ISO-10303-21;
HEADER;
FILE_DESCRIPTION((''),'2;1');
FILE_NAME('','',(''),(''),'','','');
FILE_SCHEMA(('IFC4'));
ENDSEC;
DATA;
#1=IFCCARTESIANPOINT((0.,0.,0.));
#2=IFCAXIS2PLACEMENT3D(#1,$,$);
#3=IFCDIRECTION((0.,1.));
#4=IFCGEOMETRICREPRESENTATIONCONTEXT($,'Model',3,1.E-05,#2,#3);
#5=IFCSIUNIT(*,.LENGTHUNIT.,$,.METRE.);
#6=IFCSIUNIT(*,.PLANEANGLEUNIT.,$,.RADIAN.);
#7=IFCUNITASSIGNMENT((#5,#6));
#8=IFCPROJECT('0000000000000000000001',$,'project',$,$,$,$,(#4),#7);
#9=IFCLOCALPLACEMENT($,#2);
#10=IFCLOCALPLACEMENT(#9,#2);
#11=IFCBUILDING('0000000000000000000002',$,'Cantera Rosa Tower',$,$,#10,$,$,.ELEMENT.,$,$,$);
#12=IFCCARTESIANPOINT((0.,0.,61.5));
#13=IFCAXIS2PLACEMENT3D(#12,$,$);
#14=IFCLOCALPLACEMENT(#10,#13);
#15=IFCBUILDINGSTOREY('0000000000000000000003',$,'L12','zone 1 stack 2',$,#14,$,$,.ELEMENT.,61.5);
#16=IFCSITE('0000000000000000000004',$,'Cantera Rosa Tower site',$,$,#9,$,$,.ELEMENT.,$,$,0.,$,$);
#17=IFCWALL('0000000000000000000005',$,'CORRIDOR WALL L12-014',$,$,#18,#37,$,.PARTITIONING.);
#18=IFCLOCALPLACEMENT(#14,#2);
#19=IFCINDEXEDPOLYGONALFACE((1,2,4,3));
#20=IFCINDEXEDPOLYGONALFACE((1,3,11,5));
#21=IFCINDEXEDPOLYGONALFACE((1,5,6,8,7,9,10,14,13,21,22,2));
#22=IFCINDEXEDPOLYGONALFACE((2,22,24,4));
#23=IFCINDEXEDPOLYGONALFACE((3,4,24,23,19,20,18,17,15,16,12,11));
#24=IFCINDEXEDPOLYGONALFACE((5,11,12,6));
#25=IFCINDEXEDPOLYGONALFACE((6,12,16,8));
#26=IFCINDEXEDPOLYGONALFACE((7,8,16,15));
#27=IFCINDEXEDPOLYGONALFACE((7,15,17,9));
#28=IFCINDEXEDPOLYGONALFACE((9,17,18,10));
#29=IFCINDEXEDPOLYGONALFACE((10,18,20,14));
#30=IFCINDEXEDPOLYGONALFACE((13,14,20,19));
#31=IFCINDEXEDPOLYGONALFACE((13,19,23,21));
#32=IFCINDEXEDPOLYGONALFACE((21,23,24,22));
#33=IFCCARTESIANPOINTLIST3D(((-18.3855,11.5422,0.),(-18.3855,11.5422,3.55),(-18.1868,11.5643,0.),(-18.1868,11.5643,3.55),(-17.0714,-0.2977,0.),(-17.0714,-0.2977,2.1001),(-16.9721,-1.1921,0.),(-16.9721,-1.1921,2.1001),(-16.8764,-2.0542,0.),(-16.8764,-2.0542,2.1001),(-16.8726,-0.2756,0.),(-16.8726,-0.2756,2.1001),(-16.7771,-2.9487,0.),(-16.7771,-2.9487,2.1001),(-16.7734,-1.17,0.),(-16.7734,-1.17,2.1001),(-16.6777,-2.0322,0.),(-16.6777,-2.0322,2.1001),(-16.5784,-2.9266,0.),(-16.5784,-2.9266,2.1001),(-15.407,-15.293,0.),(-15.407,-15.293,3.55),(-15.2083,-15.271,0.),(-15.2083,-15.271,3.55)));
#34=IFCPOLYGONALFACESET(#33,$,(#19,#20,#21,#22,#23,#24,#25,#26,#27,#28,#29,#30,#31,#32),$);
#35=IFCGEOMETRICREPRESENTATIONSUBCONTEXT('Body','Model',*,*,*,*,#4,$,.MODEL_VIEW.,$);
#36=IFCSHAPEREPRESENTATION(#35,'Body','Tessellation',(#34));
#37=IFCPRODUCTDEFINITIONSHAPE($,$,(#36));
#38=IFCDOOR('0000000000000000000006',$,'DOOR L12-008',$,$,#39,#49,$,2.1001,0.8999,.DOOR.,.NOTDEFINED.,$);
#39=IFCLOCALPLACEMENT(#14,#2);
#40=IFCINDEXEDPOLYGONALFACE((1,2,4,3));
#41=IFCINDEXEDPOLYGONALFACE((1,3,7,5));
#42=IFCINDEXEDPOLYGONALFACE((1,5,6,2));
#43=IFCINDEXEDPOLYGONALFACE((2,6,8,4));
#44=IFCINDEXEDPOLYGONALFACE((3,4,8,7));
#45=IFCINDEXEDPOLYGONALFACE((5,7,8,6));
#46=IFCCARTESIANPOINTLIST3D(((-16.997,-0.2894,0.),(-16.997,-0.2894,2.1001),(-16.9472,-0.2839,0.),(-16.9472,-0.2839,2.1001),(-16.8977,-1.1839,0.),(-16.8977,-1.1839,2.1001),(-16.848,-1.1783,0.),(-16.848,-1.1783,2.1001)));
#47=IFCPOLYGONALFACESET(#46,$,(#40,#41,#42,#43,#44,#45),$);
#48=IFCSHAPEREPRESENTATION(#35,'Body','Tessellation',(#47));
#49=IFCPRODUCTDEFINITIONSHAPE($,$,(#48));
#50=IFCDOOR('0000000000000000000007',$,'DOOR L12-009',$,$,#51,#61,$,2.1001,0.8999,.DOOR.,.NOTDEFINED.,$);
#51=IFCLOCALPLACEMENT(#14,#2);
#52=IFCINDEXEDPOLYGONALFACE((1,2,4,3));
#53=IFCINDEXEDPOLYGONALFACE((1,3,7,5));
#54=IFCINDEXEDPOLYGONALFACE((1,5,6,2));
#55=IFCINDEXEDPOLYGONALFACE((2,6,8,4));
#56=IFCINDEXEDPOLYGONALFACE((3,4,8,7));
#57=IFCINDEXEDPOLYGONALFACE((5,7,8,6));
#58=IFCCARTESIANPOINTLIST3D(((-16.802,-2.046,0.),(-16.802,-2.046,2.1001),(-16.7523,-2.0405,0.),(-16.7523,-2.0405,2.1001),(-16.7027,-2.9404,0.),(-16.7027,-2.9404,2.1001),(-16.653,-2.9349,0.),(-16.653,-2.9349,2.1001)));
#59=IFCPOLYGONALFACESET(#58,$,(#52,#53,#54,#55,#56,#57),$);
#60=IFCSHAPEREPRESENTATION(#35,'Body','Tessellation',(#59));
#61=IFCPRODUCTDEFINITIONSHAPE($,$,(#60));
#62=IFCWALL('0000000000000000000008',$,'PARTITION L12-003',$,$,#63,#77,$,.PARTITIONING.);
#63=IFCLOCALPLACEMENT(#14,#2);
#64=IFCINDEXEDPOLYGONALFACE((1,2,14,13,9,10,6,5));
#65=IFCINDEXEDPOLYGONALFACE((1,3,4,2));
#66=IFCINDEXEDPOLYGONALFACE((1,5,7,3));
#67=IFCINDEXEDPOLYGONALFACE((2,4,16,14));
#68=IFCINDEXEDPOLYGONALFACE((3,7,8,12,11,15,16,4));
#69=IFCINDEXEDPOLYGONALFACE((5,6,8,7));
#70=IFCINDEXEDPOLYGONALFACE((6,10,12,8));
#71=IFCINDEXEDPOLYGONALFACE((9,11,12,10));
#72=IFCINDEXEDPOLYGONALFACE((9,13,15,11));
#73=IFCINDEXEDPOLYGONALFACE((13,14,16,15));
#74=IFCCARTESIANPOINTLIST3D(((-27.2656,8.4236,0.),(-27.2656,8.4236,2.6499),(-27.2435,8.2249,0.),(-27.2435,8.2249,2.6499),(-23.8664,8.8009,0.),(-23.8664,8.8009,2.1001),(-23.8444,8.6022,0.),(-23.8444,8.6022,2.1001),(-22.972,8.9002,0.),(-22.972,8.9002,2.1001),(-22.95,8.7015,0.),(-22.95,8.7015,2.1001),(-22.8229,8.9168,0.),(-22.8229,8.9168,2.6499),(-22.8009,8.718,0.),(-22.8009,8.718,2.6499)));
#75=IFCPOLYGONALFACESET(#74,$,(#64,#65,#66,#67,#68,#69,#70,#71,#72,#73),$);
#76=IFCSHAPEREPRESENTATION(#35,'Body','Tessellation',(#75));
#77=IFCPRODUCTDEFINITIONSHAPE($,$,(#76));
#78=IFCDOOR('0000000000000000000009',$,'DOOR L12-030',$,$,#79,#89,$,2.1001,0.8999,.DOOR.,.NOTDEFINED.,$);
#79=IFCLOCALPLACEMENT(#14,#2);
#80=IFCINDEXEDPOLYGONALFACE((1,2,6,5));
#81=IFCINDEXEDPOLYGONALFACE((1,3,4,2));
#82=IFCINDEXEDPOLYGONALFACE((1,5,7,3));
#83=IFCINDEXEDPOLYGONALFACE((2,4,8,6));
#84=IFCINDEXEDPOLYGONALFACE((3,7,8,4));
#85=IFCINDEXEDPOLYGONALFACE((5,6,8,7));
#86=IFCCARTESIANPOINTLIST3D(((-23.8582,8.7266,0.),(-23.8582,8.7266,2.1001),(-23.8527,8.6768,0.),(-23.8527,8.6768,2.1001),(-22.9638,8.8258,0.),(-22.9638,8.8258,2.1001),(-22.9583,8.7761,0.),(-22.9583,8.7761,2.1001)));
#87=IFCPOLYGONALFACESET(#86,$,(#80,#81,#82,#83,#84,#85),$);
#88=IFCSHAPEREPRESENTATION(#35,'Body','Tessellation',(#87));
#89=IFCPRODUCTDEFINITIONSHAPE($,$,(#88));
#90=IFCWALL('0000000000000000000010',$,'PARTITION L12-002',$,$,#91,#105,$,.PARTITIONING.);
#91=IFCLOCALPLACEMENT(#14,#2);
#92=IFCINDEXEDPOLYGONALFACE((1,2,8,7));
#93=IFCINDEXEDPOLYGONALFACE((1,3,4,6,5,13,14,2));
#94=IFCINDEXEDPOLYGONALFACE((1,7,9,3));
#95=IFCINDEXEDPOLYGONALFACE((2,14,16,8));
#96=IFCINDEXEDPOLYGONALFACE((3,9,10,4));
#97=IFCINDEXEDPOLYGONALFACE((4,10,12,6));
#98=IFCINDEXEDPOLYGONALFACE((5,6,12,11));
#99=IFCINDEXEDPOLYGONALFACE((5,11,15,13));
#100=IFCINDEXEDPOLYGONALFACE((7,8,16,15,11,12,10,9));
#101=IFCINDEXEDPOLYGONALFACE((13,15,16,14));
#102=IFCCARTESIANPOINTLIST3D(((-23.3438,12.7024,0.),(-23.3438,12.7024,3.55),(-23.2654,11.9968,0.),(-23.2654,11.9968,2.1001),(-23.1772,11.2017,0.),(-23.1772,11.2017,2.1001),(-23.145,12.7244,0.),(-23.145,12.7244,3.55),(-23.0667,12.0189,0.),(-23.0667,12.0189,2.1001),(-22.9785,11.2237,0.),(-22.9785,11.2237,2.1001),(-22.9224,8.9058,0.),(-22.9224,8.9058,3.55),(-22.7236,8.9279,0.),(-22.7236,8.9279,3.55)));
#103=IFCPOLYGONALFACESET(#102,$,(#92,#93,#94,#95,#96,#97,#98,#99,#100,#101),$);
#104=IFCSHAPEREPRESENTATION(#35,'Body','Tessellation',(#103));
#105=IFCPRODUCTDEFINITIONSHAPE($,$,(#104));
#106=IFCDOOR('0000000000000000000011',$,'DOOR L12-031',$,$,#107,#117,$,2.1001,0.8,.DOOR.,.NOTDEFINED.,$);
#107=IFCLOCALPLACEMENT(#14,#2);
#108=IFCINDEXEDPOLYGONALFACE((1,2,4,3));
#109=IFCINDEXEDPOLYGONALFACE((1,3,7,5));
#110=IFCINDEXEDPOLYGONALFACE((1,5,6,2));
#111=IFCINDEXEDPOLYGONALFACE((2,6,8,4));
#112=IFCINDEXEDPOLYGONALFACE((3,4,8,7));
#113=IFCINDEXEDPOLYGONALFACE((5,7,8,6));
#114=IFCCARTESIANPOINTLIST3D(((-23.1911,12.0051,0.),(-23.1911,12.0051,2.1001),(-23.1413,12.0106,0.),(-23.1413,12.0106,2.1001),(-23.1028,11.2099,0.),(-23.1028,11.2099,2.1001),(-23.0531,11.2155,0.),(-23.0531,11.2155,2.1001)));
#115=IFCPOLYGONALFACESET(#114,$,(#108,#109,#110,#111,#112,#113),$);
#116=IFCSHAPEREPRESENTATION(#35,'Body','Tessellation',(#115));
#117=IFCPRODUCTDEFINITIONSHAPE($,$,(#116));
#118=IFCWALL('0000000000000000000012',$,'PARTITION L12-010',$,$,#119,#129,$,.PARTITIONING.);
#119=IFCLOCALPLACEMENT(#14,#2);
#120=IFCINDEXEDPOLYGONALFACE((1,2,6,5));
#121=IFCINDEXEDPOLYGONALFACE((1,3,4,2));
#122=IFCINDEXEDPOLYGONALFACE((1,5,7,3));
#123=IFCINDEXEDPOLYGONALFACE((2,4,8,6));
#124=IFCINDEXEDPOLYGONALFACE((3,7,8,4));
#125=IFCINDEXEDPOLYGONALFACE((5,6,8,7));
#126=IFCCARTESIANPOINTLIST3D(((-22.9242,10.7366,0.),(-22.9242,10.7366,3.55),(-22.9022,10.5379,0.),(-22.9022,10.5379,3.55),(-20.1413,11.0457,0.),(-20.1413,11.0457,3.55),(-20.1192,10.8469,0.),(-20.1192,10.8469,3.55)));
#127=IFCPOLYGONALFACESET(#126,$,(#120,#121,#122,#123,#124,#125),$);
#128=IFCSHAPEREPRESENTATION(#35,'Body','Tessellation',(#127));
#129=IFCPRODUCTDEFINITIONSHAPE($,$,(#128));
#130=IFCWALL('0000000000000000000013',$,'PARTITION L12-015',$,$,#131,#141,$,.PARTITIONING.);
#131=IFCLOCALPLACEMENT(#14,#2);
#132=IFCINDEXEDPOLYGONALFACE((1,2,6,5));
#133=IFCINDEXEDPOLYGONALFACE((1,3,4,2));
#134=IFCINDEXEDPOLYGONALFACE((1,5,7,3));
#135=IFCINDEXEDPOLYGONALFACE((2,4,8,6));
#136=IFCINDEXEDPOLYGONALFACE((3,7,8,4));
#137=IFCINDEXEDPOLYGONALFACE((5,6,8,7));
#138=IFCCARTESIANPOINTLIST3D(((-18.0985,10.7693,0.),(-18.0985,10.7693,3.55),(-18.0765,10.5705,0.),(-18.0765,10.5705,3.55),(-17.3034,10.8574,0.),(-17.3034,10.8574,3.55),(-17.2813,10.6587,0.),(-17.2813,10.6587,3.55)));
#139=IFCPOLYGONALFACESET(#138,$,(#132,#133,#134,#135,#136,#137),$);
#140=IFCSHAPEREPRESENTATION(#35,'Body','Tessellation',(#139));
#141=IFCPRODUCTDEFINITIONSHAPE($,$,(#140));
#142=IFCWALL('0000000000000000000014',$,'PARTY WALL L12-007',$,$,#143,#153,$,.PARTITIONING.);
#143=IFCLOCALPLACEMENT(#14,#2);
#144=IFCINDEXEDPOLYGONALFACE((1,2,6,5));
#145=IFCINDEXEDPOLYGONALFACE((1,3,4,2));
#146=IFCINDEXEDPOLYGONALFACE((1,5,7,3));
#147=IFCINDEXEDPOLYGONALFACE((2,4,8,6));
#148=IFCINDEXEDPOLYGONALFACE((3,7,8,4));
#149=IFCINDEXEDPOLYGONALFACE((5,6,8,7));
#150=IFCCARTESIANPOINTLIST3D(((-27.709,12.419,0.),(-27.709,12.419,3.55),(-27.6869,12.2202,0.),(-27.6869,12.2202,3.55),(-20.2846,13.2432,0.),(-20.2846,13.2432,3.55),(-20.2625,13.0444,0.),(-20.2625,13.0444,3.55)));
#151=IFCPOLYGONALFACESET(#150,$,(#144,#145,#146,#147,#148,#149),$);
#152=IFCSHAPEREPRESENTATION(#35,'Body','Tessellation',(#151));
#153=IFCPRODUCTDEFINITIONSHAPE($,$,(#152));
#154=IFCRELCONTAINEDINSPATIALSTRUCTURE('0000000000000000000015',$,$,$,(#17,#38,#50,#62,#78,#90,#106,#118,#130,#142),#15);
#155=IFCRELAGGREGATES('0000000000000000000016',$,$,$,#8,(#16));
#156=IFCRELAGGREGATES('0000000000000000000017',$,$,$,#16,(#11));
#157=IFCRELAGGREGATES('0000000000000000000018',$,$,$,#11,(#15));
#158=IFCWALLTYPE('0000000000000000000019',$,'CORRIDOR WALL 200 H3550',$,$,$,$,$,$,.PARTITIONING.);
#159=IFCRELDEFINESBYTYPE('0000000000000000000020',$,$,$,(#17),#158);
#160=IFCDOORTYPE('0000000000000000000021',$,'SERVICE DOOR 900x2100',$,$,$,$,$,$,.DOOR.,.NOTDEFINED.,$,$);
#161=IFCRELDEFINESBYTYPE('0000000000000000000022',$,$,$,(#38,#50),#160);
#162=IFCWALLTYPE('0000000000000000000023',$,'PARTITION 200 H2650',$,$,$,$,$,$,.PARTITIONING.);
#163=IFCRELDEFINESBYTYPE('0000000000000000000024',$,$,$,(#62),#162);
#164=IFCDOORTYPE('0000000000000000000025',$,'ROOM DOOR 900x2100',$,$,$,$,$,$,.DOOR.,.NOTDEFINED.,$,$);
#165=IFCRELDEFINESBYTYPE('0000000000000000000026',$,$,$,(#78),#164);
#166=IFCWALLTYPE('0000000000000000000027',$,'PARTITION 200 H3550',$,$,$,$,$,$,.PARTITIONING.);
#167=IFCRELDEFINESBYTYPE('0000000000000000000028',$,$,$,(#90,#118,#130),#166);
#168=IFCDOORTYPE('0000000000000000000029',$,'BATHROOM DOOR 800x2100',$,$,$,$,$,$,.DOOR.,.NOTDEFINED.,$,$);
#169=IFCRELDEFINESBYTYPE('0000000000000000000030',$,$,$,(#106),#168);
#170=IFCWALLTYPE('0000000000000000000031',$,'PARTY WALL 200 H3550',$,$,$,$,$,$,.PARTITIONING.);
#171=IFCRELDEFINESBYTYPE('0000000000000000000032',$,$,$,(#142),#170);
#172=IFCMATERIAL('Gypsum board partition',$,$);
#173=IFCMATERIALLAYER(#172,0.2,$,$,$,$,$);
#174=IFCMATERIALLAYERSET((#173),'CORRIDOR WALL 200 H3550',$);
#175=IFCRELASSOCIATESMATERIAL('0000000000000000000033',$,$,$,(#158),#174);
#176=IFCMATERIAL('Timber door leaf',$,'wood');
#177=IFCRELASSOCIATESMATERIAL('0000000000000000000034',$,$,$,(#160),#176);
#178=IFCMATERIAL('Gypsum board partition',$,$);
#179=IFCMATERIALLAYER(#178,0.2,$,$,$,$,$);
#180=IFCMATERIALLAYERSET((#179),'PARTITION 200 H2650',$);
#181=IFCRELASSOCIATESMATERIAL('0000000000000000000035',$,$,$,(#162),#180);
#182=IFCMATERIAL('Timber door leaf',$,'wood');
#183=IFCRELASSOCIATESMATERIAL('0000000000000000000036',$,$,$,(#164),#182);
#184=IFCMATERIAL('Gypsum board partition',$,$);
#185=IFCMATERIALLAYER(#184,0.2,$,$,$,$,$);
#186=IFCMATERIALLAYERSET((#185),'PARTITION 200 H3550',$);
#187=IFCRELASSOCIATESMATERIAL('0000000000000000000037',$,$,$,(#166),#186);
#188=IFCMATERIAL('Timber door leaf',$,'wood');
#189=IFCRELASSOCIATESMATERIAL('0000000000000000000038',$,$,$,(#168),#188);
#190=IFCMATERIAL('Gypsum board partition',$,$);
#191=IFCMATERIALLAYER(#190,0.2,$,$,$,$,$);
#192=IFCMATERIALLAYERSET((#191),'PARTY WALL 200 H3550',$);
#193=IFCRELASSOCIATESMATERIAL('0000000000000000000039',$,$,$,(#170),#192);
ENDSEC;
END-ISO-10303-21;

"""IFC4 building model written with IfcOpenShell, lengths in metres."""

from ifc_helpers import new_model, si_unit, direction, frame, frame_2d, origin, place, context, subcontext, project, spatial, rectangle, extrude, material, layer, layer_set, type_object, element, fill, save


model = new_model("IFC4")

# Units and contexts
model_context = context("Model", 3, precision=1e-05, world=origin(), true_north=direction((0.0, 1.0)))
body_context = subcontext(model_context, "Body", "Model", "MODEL_VIEW")
ifc_project = project(units=[si_unit("LENGTHUNIT", "METRE"), si_unit("PLANEANGLEUNIT", "RADIAN")], contexts=[model_context])

# Site, building, storey
site_placement = place(None, origin())
site = spatial("IfcSite", under=ifc_project, at=site_placement, Name="Cantera Rosa Tower site", CompositionType="ELEMENT", RefElevation=0.0)
building_placement = place(site_placement, origin())
building = spatial("IfcBuilding", under=site, at=building_placement, Name="Cantera Rosa Tower", CompositionType="ELEMENT")
storey_placement = place(building_placement, frame((0.0, 0.0, 61.5)))
storey = spatial("IfcBuildingStorey", under=building, at=storey_placement, Name="L12", Description="zone 1 stack 2", CompositionType="ELEMENT", Elevation=61.5)

# Wall, openings, doors
ifc_material_1 = material(Name="Gypsum board partition")
ifc_layer_1 = layer(ifc_material_1, 0.2)
ifc_layer_set_1 = layer_set([ifc_layer_1], Name="CORRIDOR WALL 200 H3550")
wall_type_1 = type_object("IfcWallType", Name="CORRIDOR WALL 200 H3550", PredefinedType="PARTITIONING", material=ifc_layer_set_1)
wall_1_placement = place(storey_placement, frame((-18.2861, 11.5532, 0.0), z_axis=(0.0, 0.0, 1.0), x_axis=(0.110315, -0.993897, 0.0)))
wall_1 = element("IfcWall", 1, at=wall_1_placement, inside=storey, type_object=wall_type_1, Name="CORRIDOR WALL L12-014", PredefinedType="PARTITIONING", context=body_context, shape_type="SweptSolid", body=[
    extrude(rectangle(XDim=27.0, YDim=0.2, at=frame_2d((13.5, 0.0))), origin(), (0.0, 0.0, 1.0), 3.55),
])
opening_1_placement = place(wall_1_placement, frame((11.9126, 0.0, 0.0)))
opening_1 = element("IfcOpeningElement", 2, at=opening_1_placement, cuts=wall_1, PredefinedType="OPENING", context=body_context, shape_type="SweptSolid", body=[
    extrude(rectangle(XDim=0.8999, YDim=2.1001, at=frame_2d((0.45, 1.05))), frame((0.0, 0.1099, 0.0), z_axis=(0.0, -1.0, 0.0), x_axis=(1.0, 0.0, 0.0)), (0.0, 0.0, 1.0), 0.22),
])
opening_2_placement = place(wall_1_placement, frame((13.6799, 0.0, 0.0)))
opening_2 = element("IfcOpeningElement", 3, at=opening_2_placement, cuts=wall_1, PredefinedType="OPENING", context=body_context, shape_type="SweptSolid", body=[
    extrude(rectangle(XDim=0.8999, YDim=2.1001, at=frame_2d((0.45, 1.05))), frame((0.0, 0.1099, 0.0), z_axis=(0.0, -1.0, 0.0), x_axis=(1.0, 0.0, 0.0)), (0.0, 0.0, 1.0), 0.22),
])
ifc_material_2 = material(Name="Timber door leaf", Category="wood")
door_type_1 = type_object("IfcDoorType", Name="SERVICE DOOR 900x2100", OperationType="NOTDEFINED", PredefinedType="DOOR", material=ifc_material_2)
door_1_placement = place(opening_1_placement, origin())
door_1 = element("IfcDoor", 4, at=door_1_placement, inside=storey, type_object=door_type_1, Name="DOOR L12-008", OperationType="NOTDEFINED", OverallHeight=2.1001, OverallWidth=0.8999, PredefinedType="DOOR", context=body_context, shape_type="SweptSolid", body=[
    extrude(rectangle(XDim=0.8999, YDim=2.1001, at=frame_2d((0.45, 1.05))), frame((0.0, 0.0249, 0.0), z_axis=(0.0, -1.0, 0.0), x_axis=(1.0, 0.0, 0.0)), (0.0, 0.0, 1.0), 0.05),
])
fill(opening_1, door_1)
door_2_placement = place(opening_2_placement, origin())
door_2 = element("IfcDoor", 5, at=door_2_placement, inside=storey, type_object=door_type_1, Name="DOOR L12-009", OperationType="NOTDEFINED", OverallHeight=2.1001, OverallWidth=0.8999, PredefinedType="DOOR", context=body_context, shape_type="SweptSolid", body=[
    extrude(rectangle(XDim=0.8999, YDim=2.1001, at=frame_2d((0.45, 1.05))), frame((0.0, 0.0249, 0.0), z_axis=(0.0, -1.0, 0.0), x_axis=(1.0, 0.0, 0.0)), (0.0, 0.0, 1.0), 0.05),
])
fill(opening_2, door_2)

# Walls, openings, doors
ifc_material_3 = material(Name="Gypsum board partition")
ifc_layer_2 = layer(ifc_material_3, 0.2)
ifc_layer_set_2 = layer_set([ifc_layer_2], Name="PARTITION 200 H2650")
wall_type_2 = type_object("IfcWallType", Name="PARTITION 200 H2650", PredefinedType="PARTITIONING", material=ifc_layer_set_2)
wall_2_placement = place(storey_placement, frame((-22.812, 8.8174, 0.0), z_axis=(0.0, 0.0, 1.0), x_axis=(-0.993895, -0.11033, 0.0)))
wall_2 = element("IfcWall", 6, at=wall_2_placement, inside=storey, type_object=wall_type_2, Name="PARTITION L12-003", PredefinedType="PARTITIONING", context=body_context, shape_type="SweptSolid", body=[
    extrude(rectangle(XDim=4.47, YDim=0.2, at=frame_2d((2.2349, 0.0))), origin(), (0.0, 0.0, 1.0), 2.6499),
])
opening_3_placement = place(wall_2_placement, frame((0.1499, 0.0, 0.0)))
opening_3 = element("IfcOpeningElement", 7, at=opening_3_placement, cuts=wall_2, PredefinedType="OPENING", context=body_context, shape_type="SweptSolid", body=[
    extrude(rectangle(XDim=0.8999, YDim=2.1001, at=frame_2d((0.45, 1.05))), frame((0.0, 0.1099, 0.0), z_axis=(0.0, -1.0, 0.0), x_axis=(1.0, 0.0, 0.0)), (0.0, 0.0, 1.0), 0.22),
])
ifc_material_4 = material(Name="Timber door leaf", Category="wood")
door_type_2 = type_object("IfcDoorType", Name="ROOM DOOR 900x2100", OperationType="NOTDEFINED", PredefinedType="DOOR", material=ifc_material_4)
door_3_placement = place(opening_3_placement, origin())
door_3 = element("IfcDoor", 8, at=door_3_placement, inside=storey, type_object=door_type_2, Name="DOOR L12-030", OperationType="NOTDEFINED", OverallHeight=2.1001, OverallWidth=0.8999, PredefinedType="DOOR", context=body_context, shape_type="SweptSolid", body=[
    extrude(rectangle(XDim=0.8999, YDim=2.1001, at=frame_2d((0.45, 1.05))), frame((0.0, 0.0249, 0.0), z_axis=(0.0, -1.0, 0.0), x_axis=(1.0, 0.0, 0.0)), (0.0, 0.0, 1.0), 0.05),
])
fill(opening_3, door_3)
ifc_material_5 = material(Name="Gypsum board partition")
ifc_layer_3 = layer(ifc_material_5, 0.2)
ifc_layer_set_3 = layer_set([ifc_layer_3], Name="PARTITION 200 H3550")
wall_type_3 = type_object("IfcWallType", Name="PARTITION 200 H3550", PredefinedType="PARTITIONING", material=ifc_layer_set_3)
wall_3_placement = place(storey_placement, frame((-23.2444, 12.7134, 0.0), z_axis=(0.0, 0.0, 1.0), x_axis=(0.110312, -0.993897, 0.0)))
wall_3 = element("IfcWall", 9, at=wall_3_placement, inside=storey, type_object=wall_type_3, Name="PARTITION L12-002", PredefinedType="PARTITIONING", context=body_context, shape_type="SweptSolid", body=[
    extrude(rectangle(XDim=3.8198, YDim=0.2, at=frame_2d((1.9099, 0.0))), origin(), (0.0, 0.0, 1.0), 3.55),
])
opening_4_placement = place(wall_3_placement, frame((0.71, 0.0, 0.0)))
opening_4 = element("IfcOpeningElement", 10, at=opening_4_placement, cuts=wall_3, PredefinedType="OPENING", context=body_context, shape_type="SweptSolid", body=[
    extrude(rectangle(XDim=0.8, YDim=2.1001, at=frame_2d((0.3999, 1.05))), frame((0.0, 0.1099, 0.0), z_axis=(0.0, -1.0, 0.0), x_axis=(1.0, 0.0, 0.0)), (0.0, 0.0, 1.0), 0.22),
])
ifc_material_6 = material(Name="Timber door leaf", Category="wood")
door_type_3 = type_object("IfcDoorType", Name="BATHROOM DOOR 800x2100", OperationType="NOTDEFINED", PredefinedType="DOOR", material=ifc_material_6)
door_4_placement = place(opening_4_placement, origin())
door_4 = element("IfcDoor", 11, at=door_4_placement, inside=storey, type_object=door_type_3, Name="DOOR L12-031", OperationType="NOTDEFINED", OverallHeight=2.1001, OverallWidth=0.8, PredefinedType="DOOR", context=body_context, shape_type="SweptSolid", body=[
    extrude(rectangle(XDim=0.8, YDim=2.1001, at=frame_2d((0.3999, 1.05))), frame((0.0, 0.0249, 0.0), z_axis=(0.0, -1.0, 0.0), x_axis=(1.0, 0.0, 0.0)), (0.0, 0.0, 1.0), 0.05),
])
fill(opening_4, door_4)

# Walls
wall_4_placement = place(storey_placement, frame((-20.1304, 10.9463, 0.0), z_axis=(0.0, 0.0, 1.0), x_axis=(-0.993889, -0.110384, 0.0)))
element("IfcWall", 12, at=wall_4_placement, inside=storey, type_object=wall_type_3, Name="PARTITION L12-010", PredefinedType="PARTITIONING", context=body_context, shape_type="SweptSolid", body=[
    extrude(rectangle(XDim=2.8, YDim=0.2, at=frame_2d((1.3999, 0.0))), origin(), (0.0, 0.0, 1.0), 3.55),
])
wall_5_placement = place(storey_placement, frame((-18.0874, 10.6699, 0.0), z_axis=(0.0, 0.0, 1.0), x_axis=(0.993913, 0.110164, 0.0)))
element("IfcWall", 13, at=wall_5_placement, inside=storey, type_object=wall_type_3, Name="PARTITION L12-015", PredefinedType="PARTITIONING", context=body_context, shape_type="SweptSolid", body=[
    extrude(rectangle(XDim=0.8, YDim=0.2, at=frame_2d((0.3999, 0.0))), origin(), (0.0, 0.0, 1.0), 3.55),
])
ifc_material_7 = material(Name="Gypsum board partition")
ifc_layer_4 = layer(ifc_material_7, 0.2)
ifc_layer_set_4 = layer_set([ifc_layer_4], Name="PARTY WALL 200 H3550")
wall_type_4 = type_object("IfcWallType", Name="PARTY WALL 200 H3550", PredefinedType="PARTITIONING", material=ifc_layer_set_4)
wall_6_placement = place(storey_placement, frame((-20.2737, 13.1438, 0.0), z_axis=(0.0, 0.0, 1.0), x_axis=(-0.993894, -0.110338, 0.0)))
element("IfcWall", 14, at=wall_6_placement, inside=storey, type_object=wall_type_4, Name="PARTY WALL L12-007", PredefinedType="PARTITIONING", context=body_context, shape_type="SweptSolid", body=[
    extrude(rectangle(XDim=7.47, YDim=0.2, at=frame_2d((3.7349, 0.0))), origin(), (0.0, 0.0, 1.0), 3.55),
])

save(model, "model.ifc")
